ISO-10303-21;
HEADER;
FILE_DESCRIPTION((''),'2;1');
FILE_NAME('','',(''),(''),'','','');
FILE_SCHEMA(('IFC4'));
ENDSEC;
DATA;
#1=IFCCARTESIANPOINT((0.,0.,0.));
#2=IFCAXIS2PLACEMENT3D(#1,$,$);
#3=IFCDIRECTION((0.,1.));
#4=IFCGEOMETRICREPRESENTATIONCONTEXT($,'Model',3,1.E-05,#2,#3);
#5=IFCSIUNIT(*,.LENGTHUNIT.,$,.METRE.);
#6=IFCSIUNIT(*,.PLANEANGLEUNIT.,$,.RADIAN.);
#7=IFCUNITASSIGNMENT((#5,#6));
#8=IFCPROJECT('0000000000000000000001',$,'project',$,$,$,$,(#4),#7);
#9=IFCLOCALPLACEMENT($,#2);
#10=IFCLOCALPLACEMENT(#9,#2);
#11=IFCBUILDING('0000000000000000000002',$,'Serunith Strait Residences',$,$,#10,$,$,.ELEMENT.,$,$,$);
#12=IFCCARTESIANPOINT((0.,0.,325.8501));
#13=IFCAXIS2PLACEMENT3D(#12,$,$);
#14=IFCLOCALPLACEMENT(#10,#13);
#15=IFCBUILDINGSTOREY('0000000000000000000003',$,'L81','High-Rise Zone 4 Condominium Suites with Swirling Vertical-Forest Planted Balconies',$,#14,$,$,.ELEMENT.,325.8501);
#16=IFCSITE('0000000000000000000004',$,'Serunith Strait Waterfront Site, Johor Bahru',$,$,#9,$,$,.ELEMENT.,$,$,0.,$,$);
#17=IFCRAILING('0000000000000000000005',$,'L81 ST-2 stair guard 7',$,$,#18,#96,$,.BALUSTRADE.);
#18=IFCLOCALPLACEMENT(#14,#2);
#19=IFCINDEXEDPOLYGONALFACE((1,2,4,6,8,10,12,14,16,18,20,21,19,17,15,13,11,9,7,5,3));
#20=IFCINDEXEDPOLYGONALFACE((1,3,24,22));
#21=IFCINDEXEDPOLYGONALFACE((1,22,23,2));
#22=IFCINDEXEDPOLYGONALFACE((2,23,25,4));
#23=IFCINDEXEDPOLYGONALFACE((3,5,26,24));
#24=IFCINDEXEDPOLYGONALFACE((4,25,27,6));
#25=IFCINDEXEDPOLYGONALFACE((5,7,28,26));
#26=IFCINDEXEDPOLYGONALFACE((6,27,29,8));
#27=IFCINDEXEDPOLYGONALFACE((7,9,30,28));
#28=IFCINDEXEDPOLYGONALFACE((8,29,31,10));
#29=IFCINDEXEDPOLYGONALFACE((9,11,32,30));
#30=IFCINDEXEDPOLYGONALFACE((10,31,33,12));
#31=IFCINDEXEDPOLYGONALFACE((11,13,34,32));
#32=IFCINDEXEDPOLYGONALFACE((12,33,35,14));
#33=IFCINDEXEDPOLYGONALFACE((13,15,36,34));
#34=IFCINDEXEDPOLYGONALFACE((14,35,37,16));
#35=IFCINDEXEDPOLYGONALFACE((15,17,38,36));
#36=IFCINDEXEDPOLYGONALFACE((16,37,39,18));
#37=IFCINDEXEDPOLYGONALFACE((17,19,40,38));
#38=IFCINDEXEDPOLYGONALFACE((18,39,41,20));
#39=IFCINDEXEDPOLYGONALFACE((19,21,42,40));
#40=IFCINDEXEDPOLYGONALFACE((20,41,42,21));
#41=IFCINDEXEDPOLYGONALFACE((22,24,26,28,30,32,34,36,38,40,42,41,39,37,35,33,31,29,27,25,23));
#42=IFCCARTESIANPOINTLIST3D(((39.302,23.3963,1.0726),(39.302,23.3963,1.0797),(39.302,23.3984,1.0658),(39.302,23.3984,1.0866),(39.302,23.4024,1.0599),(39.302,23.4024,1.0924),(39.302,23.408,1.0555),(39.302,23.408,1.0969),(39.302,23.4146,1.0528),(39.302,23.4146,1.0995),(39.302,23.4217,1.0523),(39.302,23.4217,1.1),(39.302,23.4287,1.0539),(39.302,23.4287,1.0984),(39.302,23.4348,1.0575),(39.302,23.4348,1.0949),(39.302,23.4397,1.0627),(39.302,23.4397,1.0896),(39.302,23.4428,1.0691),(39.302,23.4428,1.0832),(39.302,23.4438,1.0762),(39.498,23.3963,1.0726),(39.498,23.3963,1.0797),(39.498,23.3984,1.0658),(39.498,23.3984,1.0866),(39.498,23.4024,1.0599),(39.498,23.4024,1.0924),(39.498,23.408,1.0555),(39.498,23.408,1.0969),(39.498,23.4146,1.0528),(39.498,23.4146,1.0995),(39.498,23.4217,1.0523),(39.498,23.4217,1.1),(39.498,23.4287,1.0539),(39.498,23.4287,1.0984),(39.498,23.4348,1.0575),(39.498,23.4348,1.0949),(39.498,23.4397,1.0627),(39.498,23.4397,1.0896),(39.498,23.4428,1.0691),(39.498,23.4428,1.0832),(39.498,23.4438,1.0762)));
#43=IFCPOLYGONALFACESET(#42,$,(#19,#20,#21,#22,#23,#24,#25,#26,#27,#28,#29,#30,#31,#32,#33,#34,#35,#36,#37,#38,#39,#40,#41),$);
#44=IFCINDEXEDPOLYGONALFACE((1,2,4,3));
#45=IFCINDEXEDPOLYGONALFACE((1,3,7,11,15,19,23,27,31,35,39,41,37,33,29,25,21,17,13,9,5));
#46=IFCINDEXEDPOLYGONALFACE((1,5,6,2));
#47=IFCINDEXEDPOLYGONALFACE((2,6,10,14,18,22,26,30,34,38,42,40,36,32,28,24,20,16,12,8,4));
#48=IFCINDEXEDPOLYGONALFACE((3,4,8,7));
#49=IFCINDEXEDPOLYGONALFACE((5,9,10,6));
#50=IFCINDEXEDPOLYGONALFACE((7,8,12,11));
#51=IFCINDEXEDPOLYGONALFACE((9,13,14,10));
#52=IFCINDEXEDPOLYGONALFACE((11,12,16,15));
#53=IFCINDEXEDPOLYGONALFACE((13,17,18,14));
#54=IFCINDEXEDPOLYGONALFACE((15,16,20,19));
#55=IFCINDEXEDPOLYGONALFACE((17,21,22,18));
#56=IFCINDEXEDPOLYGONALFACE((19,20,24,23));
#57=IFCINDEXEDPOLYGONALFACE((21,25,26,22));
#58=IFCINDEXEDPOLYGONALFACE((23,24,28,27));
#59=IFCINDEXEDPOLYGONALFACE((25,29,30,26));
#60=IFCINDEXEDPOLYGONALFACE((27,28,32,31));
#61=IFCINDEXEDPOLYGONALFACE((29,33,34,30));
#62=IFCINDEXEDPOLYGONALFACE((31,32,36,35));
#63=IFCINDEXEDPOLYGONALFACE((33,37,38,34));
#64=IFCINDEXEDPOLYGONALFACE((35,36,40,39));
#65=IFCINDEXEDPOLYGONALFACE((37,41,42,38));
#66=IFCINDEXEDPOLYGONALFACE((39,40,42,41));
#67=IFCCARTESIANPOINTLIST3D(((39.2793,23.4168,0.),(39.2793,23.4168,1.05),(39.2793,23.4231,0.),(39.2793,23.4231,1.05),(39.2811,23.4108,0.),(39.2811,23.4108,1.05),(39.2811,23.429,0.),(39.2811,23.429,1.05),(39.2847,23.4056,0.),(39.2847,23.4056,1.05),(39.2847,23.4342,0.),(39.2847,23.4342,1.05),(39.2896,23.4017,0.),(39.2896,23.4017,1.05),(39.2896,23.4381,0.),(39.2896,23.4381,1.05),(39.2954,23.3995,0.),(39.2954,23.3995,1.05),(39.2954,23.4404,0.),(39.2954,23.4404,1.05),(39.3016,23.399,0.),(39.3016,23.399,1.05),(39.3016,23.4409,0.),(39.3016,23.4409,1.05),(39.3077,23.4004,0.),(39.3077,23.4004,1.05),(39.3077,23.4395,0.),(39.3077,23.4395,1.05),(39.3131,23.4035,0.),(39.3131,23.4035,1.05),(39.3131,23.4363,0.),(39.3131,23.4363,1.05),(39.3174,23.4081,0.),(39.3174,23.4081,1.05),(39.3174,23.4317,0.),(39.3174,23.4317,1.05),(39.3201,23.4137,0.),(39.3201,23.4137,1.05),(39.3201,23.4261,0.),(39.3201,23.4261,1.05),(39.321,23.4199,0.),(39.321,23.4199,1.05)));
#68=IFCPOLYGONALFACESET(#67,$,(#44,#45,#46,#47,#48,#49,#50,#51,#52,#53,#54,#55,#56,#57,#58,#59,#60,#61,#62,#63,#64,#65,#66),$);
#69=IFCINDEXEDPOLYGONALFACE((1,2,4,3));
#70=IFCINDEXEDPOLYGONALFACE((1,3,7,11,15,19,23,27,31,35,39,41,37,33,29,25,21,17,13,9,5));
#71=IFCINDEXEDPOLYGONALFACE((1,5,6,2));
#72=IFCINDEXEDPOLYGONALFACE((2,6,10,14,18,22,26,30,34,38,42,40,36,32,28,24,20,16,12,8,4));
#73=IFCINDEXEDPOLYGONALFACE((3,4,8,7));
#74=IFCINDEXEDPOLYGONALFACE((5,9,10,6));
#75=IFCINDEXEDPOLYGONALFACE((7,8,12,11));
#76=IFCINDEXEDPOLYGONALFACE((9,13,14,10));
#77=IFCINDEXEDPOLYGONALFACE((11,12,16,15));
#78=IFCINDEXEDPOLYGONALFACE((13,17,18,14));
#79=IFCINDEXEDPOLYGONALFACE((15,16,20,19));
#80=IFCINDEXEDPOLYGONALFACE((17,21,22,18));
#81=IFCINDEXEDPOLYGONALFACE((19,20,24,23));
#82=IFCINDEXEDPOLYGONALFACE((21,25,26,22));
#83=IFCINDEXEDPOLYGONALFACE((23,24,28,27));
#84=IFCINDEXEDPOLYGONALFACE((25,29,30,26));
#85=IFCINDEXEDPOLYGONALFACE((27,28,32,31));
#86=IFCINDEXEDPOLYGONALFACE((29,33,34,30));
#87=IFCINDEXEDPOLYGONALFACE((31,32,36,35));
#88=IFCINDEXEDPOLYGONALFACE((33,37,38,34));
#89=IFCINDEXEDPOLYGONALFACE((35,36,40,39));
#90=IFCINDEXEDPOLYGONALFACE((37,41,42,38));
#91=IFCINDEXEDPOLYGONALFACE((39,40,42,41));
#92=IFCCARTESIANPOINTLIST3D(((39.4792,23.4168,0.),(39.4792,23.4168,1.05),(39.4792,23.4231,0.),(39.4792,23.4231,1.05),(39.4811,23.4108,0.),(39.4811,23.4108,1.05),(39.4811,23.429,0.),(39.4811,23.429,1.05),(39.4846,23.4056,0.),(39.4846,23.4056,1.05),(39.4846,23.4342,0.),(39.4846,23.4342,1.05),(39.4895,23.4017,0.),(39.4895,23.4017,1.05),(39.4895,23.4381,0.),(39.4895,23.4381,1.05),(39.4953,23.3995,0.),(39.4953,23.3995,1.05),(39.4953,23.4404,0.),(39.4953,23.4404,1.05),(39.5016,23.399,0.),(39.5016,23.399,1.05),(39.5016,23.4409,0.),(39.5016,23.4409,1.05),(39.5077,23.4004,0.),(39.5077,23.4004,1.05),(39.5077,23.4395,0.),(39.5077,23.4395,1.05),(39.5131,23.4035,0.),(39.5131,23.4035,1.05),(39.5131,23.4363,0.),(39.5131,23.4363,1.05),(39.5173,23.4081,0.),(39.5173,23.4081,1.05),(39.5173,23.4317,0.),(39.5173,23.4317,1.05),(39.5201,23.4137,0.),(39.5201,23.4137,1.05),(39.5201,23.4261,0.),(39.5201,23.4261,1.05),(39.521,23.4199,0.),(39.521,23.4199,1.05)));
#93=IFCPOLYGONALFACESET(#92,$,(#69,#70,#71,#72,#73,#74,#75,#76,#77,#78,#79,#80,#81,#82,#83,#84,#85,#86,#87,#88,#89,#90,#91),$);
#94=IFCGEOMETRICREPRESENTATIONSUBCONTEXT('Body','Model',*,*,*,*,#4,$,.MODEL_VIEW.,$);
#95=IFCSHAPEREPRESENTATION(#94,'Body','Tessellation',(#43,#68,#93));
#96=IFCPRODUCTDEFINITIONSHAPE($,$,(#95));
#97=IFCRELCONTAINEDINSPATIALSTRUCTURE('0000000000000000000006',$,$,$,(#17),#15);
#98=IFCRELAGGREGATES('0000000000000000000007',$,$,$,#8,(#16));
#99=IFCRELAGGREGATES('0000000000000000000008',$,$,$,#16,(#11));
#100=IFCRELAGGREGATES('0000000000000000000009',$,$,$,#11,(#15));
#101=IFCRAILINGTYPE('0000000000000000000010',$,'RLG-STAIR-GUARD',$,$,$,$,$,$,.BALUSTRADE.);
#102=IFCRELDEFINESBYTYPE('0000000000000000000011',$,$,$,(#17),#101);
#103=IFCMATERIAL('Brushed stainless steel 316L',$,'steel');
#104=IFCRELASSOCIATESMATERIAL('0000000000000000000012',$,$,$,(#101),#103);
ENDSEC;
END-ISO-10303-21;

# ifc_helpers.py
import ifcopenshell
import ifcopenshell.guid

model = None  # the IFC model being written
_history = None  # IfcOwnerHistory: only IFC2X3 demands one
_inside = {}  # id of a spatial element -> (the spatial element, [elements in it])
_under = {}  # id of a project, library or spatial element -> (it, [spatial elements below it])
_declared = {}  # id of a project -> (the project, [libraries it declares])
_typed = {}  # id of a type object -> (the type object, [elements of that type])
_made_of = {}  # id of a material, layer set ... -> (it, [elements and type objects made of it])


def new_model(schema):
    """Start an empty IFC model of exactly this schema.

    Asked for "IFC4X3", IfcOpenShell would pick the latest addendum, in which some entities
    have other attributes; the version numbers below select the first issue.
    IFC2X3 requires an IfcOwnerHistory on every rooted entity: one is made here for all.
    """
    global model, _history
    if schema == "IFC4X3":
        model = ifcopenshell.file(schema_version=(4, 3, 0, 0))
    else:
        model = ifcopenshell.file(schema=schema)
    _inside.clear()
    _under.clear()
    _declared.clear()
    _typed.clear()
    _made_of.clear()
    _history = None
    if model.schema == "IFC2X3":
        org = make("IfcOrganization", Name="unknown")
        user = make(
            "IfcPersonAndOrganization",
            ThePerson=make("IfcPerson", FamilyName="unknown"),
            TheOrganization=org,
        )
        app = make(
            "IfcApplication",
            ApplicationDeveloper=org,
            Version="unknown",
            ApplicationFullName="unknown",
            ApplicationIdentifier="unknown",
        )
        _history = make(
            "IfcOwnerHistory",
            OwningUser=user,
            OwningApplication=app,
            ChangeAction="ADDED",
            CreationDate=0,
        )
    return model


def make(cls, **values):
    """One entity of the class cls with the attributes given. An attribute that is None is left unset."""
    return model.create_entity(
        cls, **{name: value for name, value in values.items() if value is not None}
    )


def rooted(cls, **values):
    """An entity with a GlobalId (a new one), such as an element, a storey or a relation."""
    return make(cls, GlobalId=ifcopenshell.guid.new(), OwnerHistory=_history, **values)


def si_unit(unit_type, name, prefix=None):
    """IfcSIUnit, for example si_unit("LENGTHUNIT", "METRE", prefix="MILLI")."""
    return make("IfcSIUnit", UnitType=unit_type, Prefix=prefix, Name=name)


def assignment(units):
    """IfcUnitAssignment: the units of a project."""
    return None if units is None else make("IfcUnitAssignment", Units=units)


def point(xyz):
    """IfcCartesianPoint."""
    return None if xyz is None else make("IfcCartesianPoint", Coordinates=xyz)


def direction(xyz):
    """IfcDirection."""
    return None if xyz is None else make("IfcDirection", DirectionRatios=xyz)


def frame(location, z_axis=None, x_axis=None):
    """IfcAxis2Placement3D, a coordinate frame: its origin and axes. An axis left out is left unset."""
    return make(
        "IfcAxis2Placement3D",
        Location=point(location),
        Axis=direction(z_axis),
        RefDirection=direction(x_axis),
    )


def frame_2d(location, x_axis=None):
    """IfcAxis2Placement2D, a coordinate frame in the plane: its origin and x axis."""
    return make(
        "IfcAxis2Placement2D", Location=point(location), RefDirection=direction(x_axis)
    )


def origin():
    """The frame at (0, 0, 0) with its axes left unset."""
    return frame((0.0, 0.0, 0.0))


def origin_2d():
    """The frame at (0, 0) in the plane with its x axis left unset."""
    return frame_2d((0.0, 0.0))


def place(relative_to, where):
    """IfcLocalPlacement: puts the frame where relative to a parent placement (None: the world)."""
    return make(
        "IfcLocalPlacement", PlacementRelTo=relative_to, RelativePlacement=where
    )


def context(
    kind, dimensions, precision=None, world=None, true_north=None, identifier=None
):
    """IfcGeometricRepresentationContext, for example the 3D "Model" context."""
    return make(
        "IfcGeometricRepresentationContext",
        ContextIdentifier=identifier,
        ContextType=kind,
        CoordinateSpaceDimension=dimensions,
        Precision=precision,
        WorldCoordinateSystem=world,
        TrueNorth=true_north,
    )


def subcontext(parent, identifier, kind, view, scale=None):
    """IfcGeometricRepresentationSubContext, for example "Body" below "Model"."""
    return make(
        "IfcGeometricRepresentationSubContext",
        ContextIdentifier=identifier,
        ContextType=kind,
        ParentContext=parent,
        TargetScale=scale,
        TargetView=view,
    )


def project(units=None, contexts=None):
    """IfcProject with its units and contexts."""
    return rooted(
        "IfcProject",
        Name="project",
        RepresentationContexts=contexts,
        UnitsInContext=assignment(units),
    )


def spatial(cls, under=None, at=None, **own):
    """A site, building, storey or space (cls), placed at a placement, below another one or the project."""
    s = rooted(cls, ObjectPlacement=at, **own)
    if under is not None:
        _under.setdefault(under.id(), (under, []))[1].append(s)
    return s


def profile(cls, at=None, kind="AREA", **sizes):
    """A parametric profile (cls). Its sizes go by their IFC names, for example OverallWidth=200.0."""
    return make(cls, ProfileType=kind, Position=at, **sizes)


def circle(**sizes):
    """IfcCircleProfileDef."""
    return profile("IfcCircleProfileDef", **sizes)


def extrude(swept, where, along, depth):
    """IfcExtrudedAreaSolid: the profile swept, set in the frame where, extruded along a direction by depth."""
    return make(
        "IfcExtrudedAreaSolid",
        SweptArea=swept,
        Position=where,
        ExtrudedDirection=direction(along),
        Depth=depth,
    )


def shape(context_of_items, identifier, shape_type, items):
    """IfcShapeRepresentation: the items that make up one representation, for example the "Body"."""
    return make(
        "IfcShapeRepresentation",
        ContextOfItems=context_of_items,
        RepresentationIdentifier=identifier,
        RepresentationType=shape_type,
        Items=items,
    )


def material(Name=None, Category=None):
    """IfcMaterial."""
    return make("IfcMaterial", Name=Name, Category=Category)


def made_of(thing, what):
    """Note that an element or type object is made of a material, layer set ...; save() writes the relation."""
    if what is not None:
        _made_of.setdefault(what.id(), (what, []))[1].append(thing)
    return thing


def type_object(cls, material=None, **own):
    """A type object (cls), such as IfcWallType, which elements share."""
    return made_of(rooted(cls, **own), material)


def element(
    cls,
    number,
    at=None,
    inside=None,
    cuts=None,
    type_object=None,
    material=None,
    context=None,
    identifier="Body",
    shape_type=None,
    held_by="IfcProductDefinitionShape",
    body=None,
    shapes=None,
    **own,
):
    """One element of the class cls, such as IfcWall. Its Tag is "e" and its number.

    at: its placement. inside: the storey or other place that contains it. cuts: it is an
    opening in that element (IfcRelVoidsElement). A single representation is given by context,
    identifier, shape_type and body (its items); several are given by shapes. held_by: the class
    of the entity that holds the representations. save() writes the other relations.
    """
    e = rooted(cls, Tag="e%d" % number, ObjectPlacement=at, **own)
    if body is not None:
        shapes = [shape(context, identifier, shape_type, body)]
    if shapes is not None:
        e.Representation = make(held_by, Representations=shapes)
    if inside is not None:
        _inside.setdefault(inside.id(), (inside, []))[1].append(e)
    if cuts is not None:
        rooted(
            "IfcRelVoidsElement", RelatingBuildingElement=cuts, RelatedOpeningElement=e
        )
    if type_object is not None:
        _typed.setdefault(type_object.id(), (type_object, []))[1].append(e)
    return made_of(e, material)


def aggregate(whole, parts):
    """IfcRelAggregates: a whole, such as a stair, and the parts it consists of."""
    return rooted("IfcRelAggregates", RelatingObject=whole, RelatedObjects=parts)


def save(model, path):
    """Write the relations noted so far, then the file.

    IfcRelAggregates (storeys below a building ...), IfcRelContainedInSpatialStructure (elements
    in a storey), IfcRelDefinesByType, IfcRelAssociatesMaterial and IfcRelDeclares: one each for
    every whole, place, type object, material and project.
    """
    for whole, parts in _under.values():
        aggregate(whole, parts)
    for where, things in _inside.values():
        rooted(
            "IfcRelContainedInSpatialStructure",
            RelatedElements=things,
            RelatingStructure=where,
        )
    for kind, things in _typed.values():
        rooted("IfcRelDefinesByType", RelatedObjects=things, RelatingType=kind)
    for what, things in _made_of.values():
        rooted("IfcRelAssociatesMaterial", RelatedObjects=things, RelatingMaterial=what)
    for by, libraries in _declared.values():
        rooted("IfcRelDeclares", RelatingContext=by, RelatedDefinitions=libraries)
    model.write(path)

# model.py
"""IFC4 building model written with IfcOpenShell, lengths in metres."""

from ifc_helpers import new_model, si_unit, direction, frame, origin, origin_2d, place, context, subcontext, project, spatial, circle, extrude, material, type_object, element, save


model = new_model("IFC4")

# Units and contexts
model_context = context("Model", 3, precision=1e-05, world=origin(), true_north=direction((0.0, 1.0)))
body_context = subcontext(model_context, "Body", "Model", "MODEL_VIEW")
ifc_project = project(units=[si_unit("LENGTHUNIT", "METRE"), si_unit("PLANEANGLEUNIT", "RADIAN")], contexts=[model_context])

# Site, building, storey
site_placement = place(None, origin())
site = spatial("IfcSite", under=ifc_project, at=site_placement, Name="Serunith Strait Waterfront Site, Johor Bahru", CompositionType="ELEMENT", RefElevation=0.0)
building_placement = place(site_placement, origin())
building = spatial("IfcBuilding", under=site, at=building_placement, Name="Serunith Strait Residences", CompositionType="ELEMENT")
storey_placement = place(building_placement, frame((0.0, 0.0, 325.8501)))
storey = spatial("IfcBuildingStorey", under=building, at=storey_placement, Name="L81", Description="High-Rise Zone 4 Condominium Suites with Swirling Vertical-Forest Planted Balconies", CompositionType="ELEMENT", Elevation=325.8501)

# Railing
ifc_material_1 = material(Name="Brushed stainless steel 316L", Category="steel")
railing_type_1 = type_object("IfcRailingType", Name="RLG-STAIR-GUARD", PredefinedType="BALUSTRADE", material=ifc_material_1)
railing_1_placement = place(storey_placement, frame((39.3, 23.4199, 0.0)))
element("IfcRailing", 1, at=railing_1_placement, inside=storey, type_object=railing_type_1, Name="L81 ST-2 stair guard 7", PredefinedType="BALUSTRADE", context=body_context, shape_type="SweptSolid", body=[
    extrude(circle(Radius=0.0239, at=origin_2d()), frame((0.002, 0.0, 1.0762), z_axis=(1.0, 0.0, 0.0), x_axis=(0.0, 1.0, 0.0)), (0.0, 0.0, 1.0), 0.196),
    extrude(circle(Radius=0.021, at=origin_2d()), origin(), (0.0, 0.0, 1.0), 1.05),
    extrude(circle(Radius=0.021, at=origin_2d()), frame((0.2, 0.0, 0.0)), (0.0, 0.0, 1.0), 1.05),
])

save(model, "model.ifc")
